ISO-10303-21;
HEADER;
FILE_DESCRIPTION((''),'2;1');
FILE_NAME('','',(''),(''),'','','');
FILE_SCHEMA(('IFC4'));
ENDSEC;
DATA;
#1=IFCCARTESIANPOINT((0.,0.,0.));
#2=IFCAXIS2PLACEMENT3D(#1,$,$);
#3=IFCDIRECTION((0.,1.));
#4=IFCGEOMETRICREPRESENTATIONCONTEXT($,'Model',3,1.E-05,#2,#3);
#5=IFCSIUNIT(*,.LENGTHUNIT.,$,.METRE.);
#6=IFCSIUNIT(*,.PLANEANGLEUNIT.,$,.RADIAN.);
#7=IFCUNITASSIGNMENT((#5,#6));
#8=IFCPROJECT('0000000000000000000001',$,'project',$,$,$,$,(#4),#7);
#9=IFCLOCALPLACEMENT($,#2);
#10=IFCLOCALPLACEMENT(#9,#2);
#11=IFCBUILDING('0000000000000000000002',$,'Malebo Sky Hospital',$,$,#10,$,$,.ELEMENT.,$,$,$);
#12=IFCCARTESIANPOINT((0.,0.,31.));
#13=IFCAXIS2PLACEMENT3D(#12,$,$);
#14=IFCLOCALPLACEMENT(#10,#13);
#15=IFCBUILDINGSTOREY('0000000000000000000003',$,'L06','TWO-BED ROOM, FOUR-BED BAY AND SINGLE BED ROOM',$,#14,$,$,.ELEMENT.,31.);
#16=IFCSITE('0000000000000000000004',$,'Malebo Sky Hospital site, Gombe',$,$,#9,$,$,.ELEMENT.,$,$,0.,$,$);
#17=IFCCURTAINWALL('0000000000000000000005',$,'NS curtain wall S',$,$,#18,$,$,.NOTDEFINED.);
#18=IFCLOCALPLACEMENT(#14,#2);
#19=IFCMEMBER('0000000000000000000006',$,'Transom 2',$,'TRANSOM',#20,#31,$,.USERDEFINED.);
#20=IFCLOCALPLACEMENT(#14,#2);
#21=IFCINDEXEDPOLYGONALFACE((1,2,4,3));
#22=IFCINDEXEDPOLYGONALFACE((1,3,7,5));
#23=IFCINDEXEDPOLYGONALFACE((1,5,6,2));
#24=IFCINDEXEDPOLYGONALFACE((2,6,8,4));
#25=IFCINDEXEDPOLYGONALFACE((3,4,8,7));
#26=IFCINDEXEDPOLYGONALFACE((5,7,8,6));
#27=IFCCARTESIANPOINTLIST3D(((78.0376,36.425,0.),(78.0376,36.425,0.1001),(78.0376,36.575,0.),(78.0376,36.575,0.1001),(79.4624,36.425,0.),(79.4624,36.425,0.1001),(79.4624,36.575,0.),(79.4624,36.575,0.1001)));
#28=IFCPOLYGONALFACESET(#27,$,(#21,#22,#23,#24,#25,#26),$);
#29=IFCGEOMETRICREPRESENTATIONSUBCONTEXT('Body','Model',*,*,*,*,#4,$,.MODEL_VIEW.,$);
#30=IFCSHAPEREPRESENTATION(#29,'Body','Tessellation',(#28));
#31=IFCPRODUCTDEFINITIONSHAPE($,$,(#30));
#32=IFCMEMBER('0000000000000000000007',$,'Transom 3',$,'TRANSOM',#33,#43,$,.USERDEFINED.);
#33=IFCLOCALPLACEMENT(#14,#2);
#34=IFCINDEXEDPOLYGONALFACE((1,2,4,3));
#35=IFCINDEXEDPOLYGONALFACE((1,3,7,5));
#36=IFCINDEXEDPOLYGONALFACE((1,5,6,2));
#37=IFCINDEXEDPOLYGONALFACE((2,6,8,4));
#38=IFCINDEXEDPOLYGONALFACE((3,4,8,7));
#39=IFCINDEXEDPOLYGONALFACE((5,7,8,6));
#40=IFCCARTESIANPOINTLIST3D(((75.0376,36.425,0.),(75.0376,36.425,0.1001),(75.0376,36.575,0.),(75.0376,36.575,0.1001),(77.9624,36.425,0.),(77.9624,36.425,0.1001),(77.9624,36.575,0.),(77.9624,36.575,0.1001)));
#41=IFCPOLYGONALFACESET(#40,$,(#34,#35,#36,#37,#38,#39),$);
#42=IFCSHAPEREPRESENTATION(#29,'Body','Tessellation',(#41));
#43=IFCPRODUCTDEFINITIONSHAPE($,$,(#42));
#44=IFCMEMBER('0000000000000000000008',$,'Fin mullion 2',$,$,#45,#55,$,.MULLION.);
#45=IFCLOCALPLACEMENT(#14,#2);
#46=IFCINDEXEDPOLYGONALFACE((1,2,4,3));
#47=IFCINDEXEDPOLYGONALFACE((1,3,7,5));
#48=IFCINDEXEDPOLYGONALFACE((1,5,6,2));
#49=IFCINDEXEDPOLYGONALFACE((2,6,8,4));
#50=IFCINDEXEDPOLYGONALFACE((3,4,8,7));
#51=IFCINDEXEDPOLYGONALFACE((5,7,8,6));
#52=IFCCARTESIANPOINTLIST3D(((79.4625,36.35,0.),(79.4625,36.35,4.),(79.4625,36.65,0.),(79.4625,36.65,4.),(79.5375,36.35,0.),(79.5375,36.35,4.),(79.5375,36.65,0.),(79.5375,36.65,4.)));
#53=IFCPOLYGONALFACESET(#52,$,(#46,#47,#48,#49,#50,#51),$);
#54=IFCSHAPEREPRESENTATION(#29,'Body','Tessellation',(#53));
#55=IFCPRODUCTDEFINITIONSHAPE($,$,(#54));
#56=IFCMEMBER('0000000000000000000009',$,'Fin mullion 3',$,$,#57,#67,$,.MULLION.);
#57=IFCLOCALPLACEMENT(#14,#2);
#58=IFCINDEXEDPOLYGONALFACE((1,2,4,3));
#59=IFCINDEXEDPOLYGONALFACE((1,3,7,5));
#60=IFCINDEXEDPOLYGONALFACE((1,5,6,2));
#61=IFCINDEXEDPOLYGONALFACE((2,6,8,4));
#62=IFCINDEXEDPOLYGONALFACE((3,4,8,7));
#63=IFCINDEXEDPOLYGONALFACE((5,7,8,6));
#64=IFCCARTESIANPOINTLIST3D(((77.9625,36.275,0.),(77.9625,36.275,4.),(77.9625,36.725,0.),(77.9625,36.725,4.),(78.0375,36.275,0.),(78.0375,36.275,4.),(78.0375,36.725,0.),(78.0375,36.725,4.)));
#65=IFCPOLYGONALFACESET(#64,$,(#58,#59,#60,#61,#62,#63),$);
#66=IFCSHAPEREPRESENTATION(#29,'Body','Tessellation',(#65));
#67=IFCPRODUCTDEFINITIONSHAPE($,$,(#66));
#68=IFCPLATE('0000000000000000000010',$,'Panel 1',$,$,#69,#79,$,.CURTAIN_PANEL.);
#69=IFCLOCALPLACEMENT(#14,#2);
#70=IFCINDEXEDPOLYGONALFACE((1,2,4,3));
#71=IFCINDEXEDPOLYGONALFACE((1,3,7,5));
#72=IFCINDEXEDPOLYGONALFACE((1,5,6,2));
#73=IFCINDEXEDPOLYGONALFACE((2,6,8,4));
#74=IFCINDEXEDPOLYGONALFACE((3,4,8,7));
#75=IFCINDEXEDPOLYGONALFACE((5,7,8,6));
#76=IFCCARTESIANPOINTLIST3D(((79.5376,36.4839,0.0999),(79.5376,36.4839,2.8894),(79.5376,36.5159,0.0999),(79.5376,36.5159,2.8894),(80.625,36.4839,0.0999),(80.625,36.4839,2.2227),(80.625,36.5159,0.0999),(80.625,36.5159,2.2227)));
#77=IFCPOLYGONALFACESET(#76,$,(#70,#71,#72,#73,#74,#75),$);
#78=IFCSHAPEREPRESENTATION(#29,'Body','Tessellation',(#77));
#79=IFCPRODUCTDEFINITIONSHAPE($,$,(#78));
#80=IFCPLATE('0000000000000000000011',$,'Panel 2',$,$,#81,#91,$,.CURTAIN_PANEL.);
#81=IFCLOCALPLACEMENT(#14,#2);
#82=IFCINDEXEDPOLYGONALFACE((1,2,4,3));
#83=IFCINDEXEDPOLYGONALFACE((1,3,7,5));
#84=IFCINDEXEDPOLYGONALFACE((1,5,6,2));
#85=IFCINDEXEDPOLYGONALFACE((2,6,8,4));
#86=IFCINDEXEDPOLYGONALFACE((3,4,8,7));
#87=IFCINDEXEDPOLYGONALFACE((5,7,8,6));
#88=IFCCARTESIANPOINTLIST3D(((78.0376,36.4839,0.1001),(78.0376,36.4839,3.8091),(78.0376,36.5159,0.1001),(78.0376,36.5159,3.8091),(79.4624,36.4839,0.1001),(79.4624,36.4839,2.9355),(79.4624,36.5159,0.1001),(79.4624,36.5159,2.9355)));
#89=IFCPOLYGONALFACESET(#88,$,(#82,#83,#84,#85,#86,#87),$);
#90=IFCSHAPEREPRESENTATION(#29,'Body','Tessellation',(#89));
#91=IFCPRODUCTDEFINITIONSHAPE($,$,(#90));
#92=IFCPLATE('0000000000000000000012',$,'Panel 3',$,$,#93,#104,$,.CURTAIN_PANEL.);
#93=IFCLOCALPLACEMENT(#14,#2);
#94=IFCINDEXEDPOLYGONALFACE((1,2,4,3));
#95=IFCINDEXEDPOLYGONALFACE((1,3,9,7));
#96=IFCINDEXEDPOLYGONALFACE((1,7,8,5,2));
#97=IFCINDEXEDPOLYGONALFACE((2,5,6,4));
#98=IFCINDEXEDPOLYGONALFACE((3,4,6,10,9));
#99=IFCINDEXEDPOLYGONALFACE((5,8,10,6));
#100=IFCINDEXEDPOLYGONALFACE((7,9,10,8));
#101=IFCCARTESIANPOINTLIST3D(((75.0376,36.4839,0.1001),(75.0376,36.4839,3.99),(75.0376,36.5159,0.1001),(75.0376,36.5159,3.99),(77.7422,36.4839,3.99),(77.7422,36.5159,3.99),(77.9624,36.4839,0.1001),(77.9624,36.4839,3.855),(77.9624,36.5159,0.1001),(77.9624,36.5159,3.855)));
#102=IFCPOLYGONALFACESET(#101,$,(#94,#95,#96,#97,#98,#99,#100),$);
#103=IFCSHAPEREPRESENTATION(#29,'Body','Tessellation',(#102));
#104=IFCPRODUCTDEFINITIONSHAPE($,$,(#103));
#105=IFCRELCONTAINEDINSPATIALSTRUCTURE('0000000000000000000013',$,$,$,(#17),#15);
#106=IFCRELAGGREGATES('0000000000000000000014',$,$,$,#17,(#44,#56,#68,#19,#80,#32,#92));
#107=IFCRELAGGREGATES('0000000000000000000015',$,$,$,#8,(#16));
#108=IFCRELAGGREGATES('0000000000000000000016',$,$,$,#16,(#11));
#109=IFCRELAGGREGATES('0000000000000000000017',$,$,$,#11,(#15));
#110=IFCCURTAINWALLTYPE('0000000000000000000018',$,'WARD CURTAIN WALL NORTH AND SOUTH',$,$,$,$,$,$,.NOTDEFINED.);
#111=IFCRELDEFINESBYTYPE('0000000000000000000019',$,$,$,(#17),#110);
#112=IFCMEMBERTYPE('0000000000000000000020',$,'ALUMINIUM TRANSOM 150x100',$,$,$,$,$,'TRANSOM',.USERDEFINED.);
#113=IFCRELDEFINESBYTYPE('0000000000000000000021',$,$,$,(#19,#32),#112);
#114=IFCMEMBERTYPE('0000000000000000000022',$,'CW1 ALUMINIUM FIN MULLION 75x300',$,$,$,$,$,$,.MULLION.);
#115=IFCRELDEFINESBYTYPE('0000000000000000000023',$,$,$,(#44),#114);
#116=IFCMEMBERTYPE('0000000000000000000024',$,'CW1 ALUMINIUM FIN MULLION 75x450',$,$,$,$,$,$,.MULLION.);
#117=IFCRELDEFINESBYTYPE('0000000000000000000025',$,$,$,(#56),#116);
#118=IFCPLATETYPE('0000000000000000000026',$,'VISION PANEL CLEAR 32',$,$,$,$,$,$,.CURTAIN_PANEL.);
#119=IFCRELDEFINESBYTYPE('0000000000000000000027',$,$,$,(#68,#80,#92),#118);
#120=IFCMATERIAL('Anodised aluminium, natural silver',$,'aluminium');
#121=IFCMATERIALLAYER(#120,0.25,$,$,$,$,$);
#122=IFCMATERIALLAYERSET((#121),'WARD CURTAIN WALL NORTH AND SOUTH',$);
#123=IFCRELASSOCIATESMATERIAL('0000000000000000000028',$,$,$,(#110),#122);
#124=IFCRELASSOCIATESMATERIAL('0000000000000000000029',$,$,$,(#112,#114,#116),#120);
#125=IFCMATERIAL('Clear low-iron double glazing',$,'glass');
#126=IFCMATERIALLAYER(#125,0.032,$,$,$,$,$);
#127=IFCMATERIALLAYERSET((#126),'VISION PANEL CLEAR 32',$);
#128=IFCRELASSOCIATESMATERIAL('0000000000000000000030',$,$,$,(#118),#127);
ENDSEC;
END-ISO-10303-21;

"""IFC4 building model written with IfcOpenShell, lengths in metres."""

from ifc_helpers import new_model, si_unit, direction, frame, origin, origin_2d, place, context, subcontext, project, spatial, polyline, rectangle, outline, extrude, material, layer, layer_set, material_profile, profile_set, type_object, element, aggregate, save


model = new_model("IFC4")

# Units and contexts
model_context = context("Model", 3, precision=1e-05, world=origin(), true_north=direction((0.0, 1.0)))
body_context = subcontext(model_context, "Body", "Model", "MODEL_VIEW")
ifc_project = project(units=[si_unit("LENGTHUNIT", "METRE"), si_unit("PLANEANGLEUNIT", "RADIAN")], contexts=[model_context])

# Site, building, storey
site_placement = place(None, origin())
site = spatial("IfcSite", under=ifc_project, at=site_placement, Name="Malebo Sky Hospital site, Gombe", CompositionType="ELEMENT", RefElevation=0.0)
building_placement = place(site_placement, origin())
building = spatial("IfcBuilding", under=site, at=building_placement, Name="Malebo Sky Hospital", CompositionType="ELEMENT")
storey_placement = place(building_placement, frame((0.0, 0.0, 31.0)))
storey = spatial("IfcBuildingStorey", under=building, at=storey_placement, Name="L06", Description="TWO-BED ROOM, FOUR-BED BAY AND SINGLE BED ROOM", CompositionType="ELEMENT", Elevation=31.0)

# Curtain wall, members, plates
ifc_material_1 = material(Name="Anodised aluminium, natural silver", Category="aluminium")
ifc_layer_1 = layer(ifc_material_1, 0.25)
ifc_layer_set_1 = layer_set([ifc_layer_1], Name="WARD CURTAIN WALL NORTH AND SOUTH")
curtain_wall_type = type_object("IfcCurtainWallType", Name="WARD CURTAIN WALL NORTH AND SOUTH", PredefinedType="NOTDEFINED", material=ifc_layer_set_1)
curtain_wall_placement = place(storey_placement, origin())
curtain_wall = element("IfcCurtainWall", 1, at=curtain_wall_placement, inside=storey, type_object=curtain_wall_type, Name="NS curtain wall S", PredefinedType="NOTDEFINED")
ifc_material_profile_1 = material_profile(ifc_material_1, rectangle(XDim=0.1499, YDim=0.1001, at=origin_2d()), Name="ALUMINIUM TRANSOM 150x100")
ifc_profile_set_1 = profile_set([ifc_material_profile_1], Name="Anodised aluminium, natural silver")
member_type_1 = type_object("IfcMemberType", Name="ALUMINIUM TRANSOM 150x100", ElementType="TRANSOM", PredefinedType="USERDEFINED", material=ifc_profile_set_1)
member_1_placement = place(storey_placement, frame((79.4624, 36.5, 0.05), z_axis=(-1.0, 0.0, 0.0), x_axis=(0.0, -1.0, 0.0)))
member_1 = element("IfcMember", 2, at=member_1_placement, type_object=member_type_1, Name="Transom 2", ObjectType="TRANSOM", PredefinedType="USERDEFINED", context=body_context, shape_type="SweptSolid", body=[
    extrude(rectangle(XDim=0.1499, YDim=0.1001, at=origin_2d()), origin(), (0.0, 0.0, 1.0), 1.4248),
])
member_2_placement = place(storey_placement, frame((77.9624, 36.5, 0.05), z_axis=(-1.0, 0.0, 0.0), x_axis=(0.0, -1.0, 0.0)))
member_2 = element("IfcMember", 3, at=member_2_placement, type_object=member_type_1, Name="Transom 3", ObjectType="TRANSOM", PredefinedType="USERDEFINED", context=body_context, shape_type="SweptSolid", body=[
    extrude(rectangle(XDim=0.1499, YDim=0.1001, at=origin_2d()), origin(), (0.0, 0.0, 1.0), 2.9248),
])
ifc_material_profile_2 = material_profile(ifc_material_1, rectangle(XDim=0.075, YDim=0.3, at=origin_2d()), Name="CW1 ALUMINIUM FIN MULLION 75x300")
ifc_profile_set_2 = profile_set([ifc_material_profile_2], Name="Anodised aluminium, natural silver")
member_type_2 = type_object("IfcMemberType", Name="CW1 ALUMINIUM FIN MULLION 75x300", PredefinedType="MULLION", material=ifc_profile_set_2)
member_3_placement = place(storey_placement, frame((79.5, 36.5, 0.0), z_axis=(0.0, 0.0, 1.0), x_axis=(-1.0, 0.0, 0.0)))
member_3 = element("IfcMember", 4, at=member_3_placement, type_object=member_type_2, Name="Fin mullion 2", PredefinedType="MULLION", context=body_context, shape_type="SweptSolid", body=[
    extrude(rectangle(XDim=0.075, YDim=0.3, at=origin_2d()), origin(), (0.0, 0.0, 1.0), 4.0),
])
ifc_material_profile_3 = material_profile(ifc_material_1, rectangle(XDim=0.075, YDim=0.45, at=origin_2d()), Name="CW1 ALUMINIUM FIN MULLION 75x450")
ifc_profile_set_3 = profile_set([ifc_material_profile_3], Name="Anodised aluminium, natural silver")
member_type_3 = type_object("IfcMemberType", Name="CW1 ALUMINIUM FIN MULLION 75x450", PredefinedType="MULLION", material=ifc_profile_set_3)
member_4_placement = place(storey_placement, frame((78.0, 36.5, 0.0), z_axis=(0.0, 0.0, 1.0), x_axis=(-1.0, 0.0, 0.0)))
member_4 = element("IfcMember", 5, at=member_4_placement, type_object=member_type_3, Name="Fin mullion 3", PredefinedType="MULLION", context=body_context, shape_type="SweptSolid", body=[
    extrude(rectangle(XDim=0.075, YDim=0.45, at=origin_2d()), origin(), (0.0, 0.0, 1.0), 4.0),
])
ifc_material_2 = material(Name="Clear low-iron double glazing", Category="glass")
ifc_layer_2 = layer(ifc_material_2, 0.032)
ifc_layer_set_2 = layer_set([ifc_layer_2], Name="VISION PANEL CLEAR 32")
plate_type = type_object("IfcPlateType", Name="VISION PANEL CLEAR 32", PredefinedType="CURTAIN_PANEL", material=ifc_layer_set_2)
plate_1_placement = place(storey_placement, frame((80.0813, 36.5, 0.0999), z_axis=(0.0, 0.0, 1.0), x_axis=(-1.0, 0.0, 0.0)))
plate_1 = element("IfcPlate", 6, at=plate_1_placement, type_object=plate_type, Name="Panel 1", PredefinedType="CURTAIN_PANEL", context=body_context, shape_type="SweptSolid", body=[
    extrude(outline(polyline([(-0.5437, 0.0), (0.5437, 0.0), (0.5437, 2.7896), (-0.5437, 2.1228), (-0.5437, 0.0)])), frame((0.0, 0.0161, 0.0), z_axis=(0.0, -1.0, 0.0), x_axis=(1.0, 0.0, 0.0)), (0.0, 0.0, 1.0), 0.032),
])
plate_2_placement = place(storey_placement, frame((78.75, 36.5, 0.1001), z_axis=(0.0, 0.0, 1.0), x_axis=(-1.0, 0.0, 0.0)))
plate_2 = element("IfcPlate", 7, at=plate_2_placement, type_object=plate_type, Name="Panel 2", PredefinedType="CURTAIN_PANEL", context=body_context, shape_type="SweptSolid", body=[
    extrude(outline(polyline([(-0.7124, 0.0), (0.7124, 0.0), (0.7124, 3.709), (-0.7124, 2.8354), (-0.7124, 0.0)])), frame((0.0, 0.0161, 0.0), z_axis=(0.0, -1.0, 0.0), x_axis=(1.0, 0.0, 0.0)), (0.0, 0.0, 1.0), 0.032),
])
plate_3_placement = place(storey_placement, frame((76.5, 36.5, 0.1001), z_axis=(0.0, 0.0, 1.0), x_axis=(-1.0, 0.0, 0.0)))
plate_3 = element("IfcPlate", 8, at=plate_3_placement, type_object=plate_type, Name="Panel 3", PredefinedType="CURTAIN_PANEL", context=body_context, shape_type="SweptSolid", body=[
    extrude(outline(polyline([(-1.4624, 0.0), (1.4624, 0.0), (1.4624, 3.8899), (-1.2422, 3.8899), (-1.4624, 3.7549), (-1.4624, 0.0)])), frame((0.0, 0.0161, 0.0), z_axis=(0.0, -1.0, 0.0), x_axis=(1.0, 0.0, 0.0)), (0.0, 0.0, 1.0), 0.032),
])
aggregate(curtain_wall, [member_3, member_4, plate_1, member_1, plate_2, member_2, plate_3])

save(model, "model.ifc")
